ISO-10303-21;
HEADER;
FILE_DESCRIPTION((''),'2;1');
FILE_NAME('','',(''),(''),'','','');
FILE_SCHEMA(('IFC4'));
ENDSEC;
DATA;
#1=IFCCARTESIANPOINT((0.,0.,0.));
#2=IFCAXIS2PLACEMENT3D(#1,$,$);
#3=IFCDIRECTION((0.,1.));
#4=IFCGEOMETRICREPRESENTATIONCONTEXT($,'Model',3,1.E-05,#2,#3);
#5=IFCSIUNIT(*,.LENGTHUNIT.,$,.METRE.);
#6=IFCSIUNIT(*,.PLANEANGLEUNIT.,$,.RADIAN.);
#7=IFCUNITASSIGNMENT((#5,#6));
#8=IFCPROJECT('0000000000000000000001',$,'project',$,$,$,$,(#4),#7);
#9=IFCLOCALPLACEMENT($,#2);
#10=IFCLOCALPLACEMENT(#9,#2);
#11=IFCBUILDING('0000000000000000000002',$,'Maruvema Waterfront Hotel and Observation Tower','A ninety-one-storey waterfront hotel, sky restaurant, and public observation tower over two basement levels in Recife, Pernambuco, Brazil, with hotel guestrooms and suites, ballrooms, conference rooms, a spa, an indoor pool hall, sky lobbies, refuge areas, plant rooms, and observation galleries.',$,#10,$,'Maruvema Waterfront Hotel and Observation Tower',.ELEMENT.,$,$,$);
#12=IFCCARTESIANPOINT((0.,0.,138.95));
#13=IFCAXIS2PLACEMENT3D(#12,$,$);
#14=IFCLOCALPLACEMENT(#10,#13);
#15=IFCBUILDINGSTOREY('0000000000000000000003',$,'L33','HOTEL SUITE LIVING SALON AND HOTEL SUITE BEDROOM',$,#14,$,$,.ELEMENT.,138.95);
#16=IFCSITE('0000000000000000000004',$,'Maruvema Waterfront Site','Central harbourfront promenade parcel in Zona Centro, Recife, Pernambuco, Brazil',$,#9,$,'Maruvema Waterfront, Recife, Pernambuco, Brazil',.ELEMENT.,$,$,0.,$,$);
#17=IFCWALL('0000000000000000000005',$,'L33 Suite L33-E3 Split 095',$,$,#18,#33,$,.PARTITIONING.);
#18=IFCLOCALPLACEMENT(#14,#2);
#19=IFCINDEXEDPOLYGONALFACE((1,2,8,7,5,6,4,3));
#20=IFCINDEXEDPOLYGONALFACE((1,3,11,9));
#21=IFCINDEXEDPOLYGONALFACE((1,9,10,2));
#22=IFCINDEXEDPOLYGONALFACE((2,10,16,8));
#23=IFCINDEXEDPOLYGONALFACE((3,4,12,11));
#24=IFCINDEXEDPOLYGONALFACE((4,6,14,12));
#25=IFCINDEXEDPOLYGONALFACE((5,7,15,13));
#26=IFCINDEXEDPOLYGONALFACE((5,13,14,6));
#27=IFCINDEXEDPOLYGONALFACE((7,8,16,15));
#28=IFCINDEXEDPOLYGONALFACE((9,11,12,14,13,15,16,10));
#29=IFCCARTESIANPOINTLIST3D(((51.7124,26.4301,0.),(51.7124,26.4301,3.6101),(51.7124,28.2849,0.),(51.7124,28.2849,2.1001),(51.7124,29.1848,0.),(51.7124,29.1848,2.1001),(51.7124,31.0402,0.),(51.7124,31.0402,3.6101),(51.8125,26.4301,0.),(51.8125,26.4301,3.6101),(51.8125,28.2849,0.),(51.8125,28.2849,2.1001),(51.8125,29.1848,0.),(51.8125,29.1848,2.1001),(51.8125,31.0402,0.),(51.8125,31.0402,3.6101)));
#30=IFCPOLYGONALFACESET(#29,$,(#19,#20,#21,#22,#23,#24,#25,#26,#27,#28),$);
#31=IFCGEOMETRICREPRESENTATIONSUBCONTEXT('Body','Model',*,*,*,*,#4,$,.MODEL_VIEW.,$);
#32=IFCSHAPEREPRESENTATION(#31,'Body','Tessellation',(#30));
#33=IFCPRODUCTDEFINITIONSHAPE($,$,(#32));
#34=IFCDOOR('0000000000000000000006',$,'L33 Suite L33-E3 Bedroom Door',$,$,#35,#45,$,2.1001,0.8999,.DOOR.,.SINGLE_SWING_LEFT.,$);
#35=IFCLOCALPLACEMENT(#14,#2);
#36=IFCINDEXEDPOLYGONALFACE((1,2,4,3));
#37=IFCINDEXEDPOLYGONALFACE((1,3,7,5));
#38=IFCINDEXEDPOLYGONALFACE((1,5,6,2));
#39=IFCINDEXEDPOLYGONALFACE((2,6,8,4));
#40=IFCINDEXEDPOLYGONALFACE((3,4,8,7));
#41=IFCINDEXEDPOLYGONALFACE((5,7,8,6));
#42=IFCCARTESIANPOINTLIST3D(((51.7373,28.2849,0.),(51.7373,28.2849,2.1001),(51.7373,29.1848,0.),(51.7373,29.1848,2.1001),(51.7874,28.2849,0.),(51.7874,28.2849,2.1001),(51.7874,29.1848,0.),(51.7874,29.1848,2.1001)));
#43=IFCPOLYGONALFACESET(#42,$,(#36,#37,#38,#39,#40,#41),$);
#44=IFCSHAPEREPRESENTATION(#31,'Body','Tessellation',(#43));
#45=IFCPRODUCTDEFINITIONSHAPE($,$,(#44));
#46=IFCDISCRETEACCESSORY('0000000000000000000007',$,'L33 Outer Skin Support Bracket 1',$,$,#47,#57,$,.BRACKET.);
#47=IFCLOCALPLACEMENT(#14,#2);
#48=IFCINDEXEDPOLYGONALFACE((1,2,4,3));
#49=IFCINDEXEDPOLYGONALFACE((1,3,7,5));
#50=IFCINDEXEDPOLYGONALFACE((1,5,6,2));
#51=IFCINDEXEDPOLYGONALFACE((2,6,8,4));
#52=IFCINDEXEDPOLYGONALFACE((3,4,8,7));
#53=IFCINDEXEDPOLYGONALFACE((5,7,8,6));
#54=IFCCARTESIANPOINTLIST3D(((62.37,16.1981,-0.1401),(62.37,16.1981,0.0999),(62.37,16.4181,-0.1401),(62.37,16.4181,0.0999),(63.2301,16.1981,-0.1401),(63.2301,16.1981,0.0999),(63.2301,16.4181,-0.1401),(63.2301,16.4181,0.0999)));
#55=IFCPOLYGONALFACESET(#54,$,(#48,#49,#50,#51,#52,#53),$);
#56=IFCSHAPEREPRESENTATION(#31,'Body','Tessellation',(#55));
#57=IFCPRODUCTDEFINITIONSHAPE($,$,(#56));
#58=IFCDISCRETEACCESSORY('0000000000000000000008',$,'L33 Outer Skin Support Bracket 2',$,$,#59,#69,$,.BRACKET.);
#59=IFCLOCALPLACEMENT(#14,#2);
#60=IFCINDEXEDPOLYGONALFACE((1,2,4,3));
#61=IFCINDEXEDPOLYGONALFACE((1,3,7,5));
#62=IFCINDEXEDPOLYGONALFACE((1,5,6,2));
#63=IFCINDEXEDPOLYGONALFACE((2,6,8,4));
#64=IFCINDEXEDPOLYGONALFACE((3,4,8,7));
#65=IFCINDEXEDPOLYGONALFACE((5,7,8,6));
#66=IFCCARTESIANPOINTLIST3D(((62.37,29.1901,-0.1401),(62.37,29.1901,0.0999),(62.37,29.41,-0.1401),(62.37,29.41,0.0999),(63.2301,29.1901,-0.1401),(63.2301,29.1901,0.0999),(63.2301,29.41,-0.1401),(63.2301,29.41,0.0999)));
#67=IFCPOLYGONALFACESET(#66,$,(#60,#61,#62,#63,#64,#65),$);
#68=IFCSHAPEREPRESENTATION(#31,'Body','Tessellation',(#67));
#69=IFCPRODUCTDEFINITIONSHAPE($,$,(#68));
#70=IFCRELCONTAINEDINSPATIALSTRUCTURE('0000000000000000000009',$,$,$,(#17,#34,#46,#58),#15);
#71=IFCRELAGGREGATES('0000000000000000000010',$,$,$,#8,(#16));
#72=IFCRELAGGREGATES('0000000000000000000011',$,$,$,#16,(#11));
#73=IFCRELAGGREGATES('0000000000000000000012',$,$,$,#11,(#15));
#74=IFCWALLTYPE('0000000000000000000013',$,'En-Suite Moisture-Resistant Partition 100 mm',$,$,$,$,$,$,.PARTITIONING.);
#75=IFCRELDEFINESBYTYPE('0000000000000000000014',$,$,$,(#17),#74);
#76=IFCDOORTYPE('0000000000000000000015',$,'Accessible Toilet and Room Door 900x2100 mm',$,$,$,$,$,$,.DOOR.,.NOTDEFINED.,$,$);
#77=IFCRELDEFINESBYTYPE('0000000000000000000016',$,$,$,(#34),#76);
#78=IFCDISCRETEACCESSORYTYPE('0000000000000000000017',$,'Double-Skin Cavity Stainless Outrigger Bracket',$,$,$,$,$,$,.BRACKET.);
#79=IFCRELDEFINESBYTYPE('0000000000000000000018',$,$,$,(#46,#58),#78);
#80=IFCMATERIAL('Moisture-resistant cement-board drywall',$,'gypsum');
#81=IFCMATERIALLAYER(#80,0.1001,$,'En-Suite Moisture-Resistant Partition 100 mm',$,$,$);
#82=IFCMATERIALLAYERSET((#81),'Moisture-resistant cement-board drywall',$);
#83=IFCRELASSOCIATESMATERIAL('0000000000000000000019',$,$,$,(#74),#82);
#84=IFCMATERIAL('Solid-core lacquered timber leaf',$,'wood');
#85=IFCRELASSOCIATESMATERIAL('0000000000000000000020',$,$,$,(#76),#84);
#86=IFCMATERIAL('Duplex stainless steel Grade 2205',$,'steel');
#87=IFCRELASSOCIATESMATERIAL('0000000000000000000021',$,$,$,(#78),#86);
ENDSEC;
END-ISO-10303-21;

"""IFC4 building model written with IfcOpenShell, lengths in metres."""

from ifc_helpers import new_model, si_unit, direction, frame, frame_2d, origin, origin_2d, place, context, subcontext, project, spatial, rectangle, extrude, material, layer, layer_set, type_object, element, fill, save


model = new_model("IFC4")

# Units and contexts
model_context = context("Model", 3, precision=1e-05, world=origin(), true_north=direction((0.0, 1.0)))
body_context = subcontext(model_context, "Body", "Model", "MODEL_VIEW")
ifc_project = project(units=[si_unit("LENGTHUNIT", "METRE"), si_unit("PLANEANGLEUNIT", "RADIAN")], contexts=[model_context])

# Site, building, storey
site_placement = place(None, origin())
site = spatial("IfcSite", under=ifc_project, at=site_placement, Name="Maruvema Waterfront Site", Description="Central harbourfront promenade parcel in Zona Centro, Recife, Pernambuco, Brazil", LongName="Maruvema Waterfront, Recife, Pernambuco, Brazil", CompositionType="ELEMENT", RefElevation=0.0)
building_placement = place(site_placement, origin())
building = spatial("IfcBuilding", under=site, at=building_placement, Name="Maruvema Waterfront Hotel and Observation Tower", Description="A ninety-one-storey waterfront hotel, sky restaurant, and public observation tower over two basement levels in Recife, Pernambuco, Brazil, with hotel guestrooms and suites, ballrooms, conference rooms, a spa, an indoor pool hall, sky lobbies, refuge areas, plant rooms, and observation galleries.", LongName="Maruvema Waterfront Hotel and Observation Tower", CompositionType="ELEMENT")
storey_placement = place(building_placement, frame((0.0, 0.0, 138.95)))
storey = spatial("IfcBuildingStorey", under=building, at=storey_placement, Name="L33", Description="HOTEL SUITE LIVING SALON AND HOTEL SUITE BEDROOM", CompositionType="ELEMENT", Elevation=138.95)

# Wall, opening, door
ifc_material_1 = material(Name="Moisture-resistant cement-board drywall", Category="gypsum")
ifc_layer_1 = layer(ifc_material_1, 0.1001, Name="En-Suite Moisture-Resistant Partition 100 mm")
ifc_layer_set_1 = layer_set([ifc_layer_1], Name="Moisture-resistant cement-board drywall")
wall_type_1 = type_object("IfcWallType", Name="En-Suite Moisture-Resistant Partition 100 mm", PredefinedType="PARTITIONING", material=ifc_layer_set_1)
ifc_material_2 = material(Name="Solid-core lacquered timber leaf", Category="wood")
door_type = type_object("IfcDoorType", Name="Accessible Toilet and Room Door 900x2100 mm", OperationType="NOTDEFINED", PredefinedType="DOOR", material=ifc_material_2)
wall_1_placement = place(storey_placement, frame((51.7625, 26.4299, 0.0), z_axis=(0.0, 0.0, 1.0), x_axis=(0.0, 1.0, 0.0)))
wall_1 = element("IfcWall", 1, at=wall_1_placement, inside=storey, type_object=wall_type_1, Name="L33 Suite L33-E3 Split 095", PredefinedType="PARTITIONING", context=body_context, shape_type="SweptSolid", body=[
    extrude(rectangle(XDim=4.6101, YDim=0.1001, at=frame_2d((2.3052, 0.0))), origin(), (0.0, 0.0, 1.0), 3.6101),
])
opening_1_placement = place(wall_1_placement, frame((1.855, 0.0, 0.0)))
opening_1 = element("IfcOpeningElement", 2, at=opening_1_placement, cuts=wall_1, PredefinedType="OPENING", context=body_context, shape_type="SweptSolid", body=[
    extrude(rectangle(XDim=0.8999, YDim=2.1001, at=frame_2d((0.45, 1.05))), frame((0.0, 0.0601, 0.0), z_axis=(0.0, -1.0, 0.0), x_axis=(1.0, 0.0, 0.0)), (0.0, 0.0, 1.0), 0.1201),
])
door_1_placement = place(opening_1_placement, frame((0.8999, 0.0, 0.0), z_axis=(0.0, 0.0, 1.0), x_axis=(-1.0, 0.0, 0.0)))
door_1 = element("IfcDoor", 3, at=door_1_placement, inside=storey, type_object=door_type, Name="L33 Suite L33-E3 Bedroom Door", OperationType="SINGLE_SWING_LEFT", OverallHeight=2.1001, OverallWidth=0.8999, PredefinedType="DOOR", context=body_context, shape_type="SweptSolid", body=[
    extrude(rectangle(XDim=0.8999, YDim=2.1001, at=frame_2d((0.45, 1.05))), frame((0.0, 0.0249, 0.0), z_axis=(0.0, -1.0, 0.0), x_axis=(1.0, 0.0, 0.0)), (0.0, 0.0, 1.0), 0.05),
])
fill(opening_1, door_1)

# Discrete accessories
ifc_material_3 = material(Name="Duplex stainless steel Grade 2205", Category="steel")
discrete_accessory_type = type_object("IfcDiscreteAccessoryType", Name="Double-Skin Cavity Stainless Outrigger Bracket", PredefinedType="BRACKET", material=ifc_material_3)
for number, where, z_axis, x_axis, name in (
    (4, (62.8, 16.3081, -0.1401), (0.0, 0.0, 1.0), (0.0, 1.0, 0.0), "L33 Outer Skin Support Bracket 1"),
    (5, (62.8, 29.3, -0.1401), (0.0, 0.0, 1.0), (0.0, 1.0, 0.0), "L33 Outer Skin Support Bracket 2"),
):
    element("IfcDiscreteAccessory", number, at=place(storey_placement, frame(where, z_axis=z_axis, x_axis=x_axis)), inside=storey, type_object=discrete_accessory_type, Name=name, PredefinedType="BRACKET", context=body_context, shape_type="SweptSolid", body=[
        extrude(rectangle(XDim=0.22, YDim=0.8601, at=origin_2d()), origin(), (0.0, 0.0, 1.0), 0.24),
    ])

save(model, "model.ifc")
